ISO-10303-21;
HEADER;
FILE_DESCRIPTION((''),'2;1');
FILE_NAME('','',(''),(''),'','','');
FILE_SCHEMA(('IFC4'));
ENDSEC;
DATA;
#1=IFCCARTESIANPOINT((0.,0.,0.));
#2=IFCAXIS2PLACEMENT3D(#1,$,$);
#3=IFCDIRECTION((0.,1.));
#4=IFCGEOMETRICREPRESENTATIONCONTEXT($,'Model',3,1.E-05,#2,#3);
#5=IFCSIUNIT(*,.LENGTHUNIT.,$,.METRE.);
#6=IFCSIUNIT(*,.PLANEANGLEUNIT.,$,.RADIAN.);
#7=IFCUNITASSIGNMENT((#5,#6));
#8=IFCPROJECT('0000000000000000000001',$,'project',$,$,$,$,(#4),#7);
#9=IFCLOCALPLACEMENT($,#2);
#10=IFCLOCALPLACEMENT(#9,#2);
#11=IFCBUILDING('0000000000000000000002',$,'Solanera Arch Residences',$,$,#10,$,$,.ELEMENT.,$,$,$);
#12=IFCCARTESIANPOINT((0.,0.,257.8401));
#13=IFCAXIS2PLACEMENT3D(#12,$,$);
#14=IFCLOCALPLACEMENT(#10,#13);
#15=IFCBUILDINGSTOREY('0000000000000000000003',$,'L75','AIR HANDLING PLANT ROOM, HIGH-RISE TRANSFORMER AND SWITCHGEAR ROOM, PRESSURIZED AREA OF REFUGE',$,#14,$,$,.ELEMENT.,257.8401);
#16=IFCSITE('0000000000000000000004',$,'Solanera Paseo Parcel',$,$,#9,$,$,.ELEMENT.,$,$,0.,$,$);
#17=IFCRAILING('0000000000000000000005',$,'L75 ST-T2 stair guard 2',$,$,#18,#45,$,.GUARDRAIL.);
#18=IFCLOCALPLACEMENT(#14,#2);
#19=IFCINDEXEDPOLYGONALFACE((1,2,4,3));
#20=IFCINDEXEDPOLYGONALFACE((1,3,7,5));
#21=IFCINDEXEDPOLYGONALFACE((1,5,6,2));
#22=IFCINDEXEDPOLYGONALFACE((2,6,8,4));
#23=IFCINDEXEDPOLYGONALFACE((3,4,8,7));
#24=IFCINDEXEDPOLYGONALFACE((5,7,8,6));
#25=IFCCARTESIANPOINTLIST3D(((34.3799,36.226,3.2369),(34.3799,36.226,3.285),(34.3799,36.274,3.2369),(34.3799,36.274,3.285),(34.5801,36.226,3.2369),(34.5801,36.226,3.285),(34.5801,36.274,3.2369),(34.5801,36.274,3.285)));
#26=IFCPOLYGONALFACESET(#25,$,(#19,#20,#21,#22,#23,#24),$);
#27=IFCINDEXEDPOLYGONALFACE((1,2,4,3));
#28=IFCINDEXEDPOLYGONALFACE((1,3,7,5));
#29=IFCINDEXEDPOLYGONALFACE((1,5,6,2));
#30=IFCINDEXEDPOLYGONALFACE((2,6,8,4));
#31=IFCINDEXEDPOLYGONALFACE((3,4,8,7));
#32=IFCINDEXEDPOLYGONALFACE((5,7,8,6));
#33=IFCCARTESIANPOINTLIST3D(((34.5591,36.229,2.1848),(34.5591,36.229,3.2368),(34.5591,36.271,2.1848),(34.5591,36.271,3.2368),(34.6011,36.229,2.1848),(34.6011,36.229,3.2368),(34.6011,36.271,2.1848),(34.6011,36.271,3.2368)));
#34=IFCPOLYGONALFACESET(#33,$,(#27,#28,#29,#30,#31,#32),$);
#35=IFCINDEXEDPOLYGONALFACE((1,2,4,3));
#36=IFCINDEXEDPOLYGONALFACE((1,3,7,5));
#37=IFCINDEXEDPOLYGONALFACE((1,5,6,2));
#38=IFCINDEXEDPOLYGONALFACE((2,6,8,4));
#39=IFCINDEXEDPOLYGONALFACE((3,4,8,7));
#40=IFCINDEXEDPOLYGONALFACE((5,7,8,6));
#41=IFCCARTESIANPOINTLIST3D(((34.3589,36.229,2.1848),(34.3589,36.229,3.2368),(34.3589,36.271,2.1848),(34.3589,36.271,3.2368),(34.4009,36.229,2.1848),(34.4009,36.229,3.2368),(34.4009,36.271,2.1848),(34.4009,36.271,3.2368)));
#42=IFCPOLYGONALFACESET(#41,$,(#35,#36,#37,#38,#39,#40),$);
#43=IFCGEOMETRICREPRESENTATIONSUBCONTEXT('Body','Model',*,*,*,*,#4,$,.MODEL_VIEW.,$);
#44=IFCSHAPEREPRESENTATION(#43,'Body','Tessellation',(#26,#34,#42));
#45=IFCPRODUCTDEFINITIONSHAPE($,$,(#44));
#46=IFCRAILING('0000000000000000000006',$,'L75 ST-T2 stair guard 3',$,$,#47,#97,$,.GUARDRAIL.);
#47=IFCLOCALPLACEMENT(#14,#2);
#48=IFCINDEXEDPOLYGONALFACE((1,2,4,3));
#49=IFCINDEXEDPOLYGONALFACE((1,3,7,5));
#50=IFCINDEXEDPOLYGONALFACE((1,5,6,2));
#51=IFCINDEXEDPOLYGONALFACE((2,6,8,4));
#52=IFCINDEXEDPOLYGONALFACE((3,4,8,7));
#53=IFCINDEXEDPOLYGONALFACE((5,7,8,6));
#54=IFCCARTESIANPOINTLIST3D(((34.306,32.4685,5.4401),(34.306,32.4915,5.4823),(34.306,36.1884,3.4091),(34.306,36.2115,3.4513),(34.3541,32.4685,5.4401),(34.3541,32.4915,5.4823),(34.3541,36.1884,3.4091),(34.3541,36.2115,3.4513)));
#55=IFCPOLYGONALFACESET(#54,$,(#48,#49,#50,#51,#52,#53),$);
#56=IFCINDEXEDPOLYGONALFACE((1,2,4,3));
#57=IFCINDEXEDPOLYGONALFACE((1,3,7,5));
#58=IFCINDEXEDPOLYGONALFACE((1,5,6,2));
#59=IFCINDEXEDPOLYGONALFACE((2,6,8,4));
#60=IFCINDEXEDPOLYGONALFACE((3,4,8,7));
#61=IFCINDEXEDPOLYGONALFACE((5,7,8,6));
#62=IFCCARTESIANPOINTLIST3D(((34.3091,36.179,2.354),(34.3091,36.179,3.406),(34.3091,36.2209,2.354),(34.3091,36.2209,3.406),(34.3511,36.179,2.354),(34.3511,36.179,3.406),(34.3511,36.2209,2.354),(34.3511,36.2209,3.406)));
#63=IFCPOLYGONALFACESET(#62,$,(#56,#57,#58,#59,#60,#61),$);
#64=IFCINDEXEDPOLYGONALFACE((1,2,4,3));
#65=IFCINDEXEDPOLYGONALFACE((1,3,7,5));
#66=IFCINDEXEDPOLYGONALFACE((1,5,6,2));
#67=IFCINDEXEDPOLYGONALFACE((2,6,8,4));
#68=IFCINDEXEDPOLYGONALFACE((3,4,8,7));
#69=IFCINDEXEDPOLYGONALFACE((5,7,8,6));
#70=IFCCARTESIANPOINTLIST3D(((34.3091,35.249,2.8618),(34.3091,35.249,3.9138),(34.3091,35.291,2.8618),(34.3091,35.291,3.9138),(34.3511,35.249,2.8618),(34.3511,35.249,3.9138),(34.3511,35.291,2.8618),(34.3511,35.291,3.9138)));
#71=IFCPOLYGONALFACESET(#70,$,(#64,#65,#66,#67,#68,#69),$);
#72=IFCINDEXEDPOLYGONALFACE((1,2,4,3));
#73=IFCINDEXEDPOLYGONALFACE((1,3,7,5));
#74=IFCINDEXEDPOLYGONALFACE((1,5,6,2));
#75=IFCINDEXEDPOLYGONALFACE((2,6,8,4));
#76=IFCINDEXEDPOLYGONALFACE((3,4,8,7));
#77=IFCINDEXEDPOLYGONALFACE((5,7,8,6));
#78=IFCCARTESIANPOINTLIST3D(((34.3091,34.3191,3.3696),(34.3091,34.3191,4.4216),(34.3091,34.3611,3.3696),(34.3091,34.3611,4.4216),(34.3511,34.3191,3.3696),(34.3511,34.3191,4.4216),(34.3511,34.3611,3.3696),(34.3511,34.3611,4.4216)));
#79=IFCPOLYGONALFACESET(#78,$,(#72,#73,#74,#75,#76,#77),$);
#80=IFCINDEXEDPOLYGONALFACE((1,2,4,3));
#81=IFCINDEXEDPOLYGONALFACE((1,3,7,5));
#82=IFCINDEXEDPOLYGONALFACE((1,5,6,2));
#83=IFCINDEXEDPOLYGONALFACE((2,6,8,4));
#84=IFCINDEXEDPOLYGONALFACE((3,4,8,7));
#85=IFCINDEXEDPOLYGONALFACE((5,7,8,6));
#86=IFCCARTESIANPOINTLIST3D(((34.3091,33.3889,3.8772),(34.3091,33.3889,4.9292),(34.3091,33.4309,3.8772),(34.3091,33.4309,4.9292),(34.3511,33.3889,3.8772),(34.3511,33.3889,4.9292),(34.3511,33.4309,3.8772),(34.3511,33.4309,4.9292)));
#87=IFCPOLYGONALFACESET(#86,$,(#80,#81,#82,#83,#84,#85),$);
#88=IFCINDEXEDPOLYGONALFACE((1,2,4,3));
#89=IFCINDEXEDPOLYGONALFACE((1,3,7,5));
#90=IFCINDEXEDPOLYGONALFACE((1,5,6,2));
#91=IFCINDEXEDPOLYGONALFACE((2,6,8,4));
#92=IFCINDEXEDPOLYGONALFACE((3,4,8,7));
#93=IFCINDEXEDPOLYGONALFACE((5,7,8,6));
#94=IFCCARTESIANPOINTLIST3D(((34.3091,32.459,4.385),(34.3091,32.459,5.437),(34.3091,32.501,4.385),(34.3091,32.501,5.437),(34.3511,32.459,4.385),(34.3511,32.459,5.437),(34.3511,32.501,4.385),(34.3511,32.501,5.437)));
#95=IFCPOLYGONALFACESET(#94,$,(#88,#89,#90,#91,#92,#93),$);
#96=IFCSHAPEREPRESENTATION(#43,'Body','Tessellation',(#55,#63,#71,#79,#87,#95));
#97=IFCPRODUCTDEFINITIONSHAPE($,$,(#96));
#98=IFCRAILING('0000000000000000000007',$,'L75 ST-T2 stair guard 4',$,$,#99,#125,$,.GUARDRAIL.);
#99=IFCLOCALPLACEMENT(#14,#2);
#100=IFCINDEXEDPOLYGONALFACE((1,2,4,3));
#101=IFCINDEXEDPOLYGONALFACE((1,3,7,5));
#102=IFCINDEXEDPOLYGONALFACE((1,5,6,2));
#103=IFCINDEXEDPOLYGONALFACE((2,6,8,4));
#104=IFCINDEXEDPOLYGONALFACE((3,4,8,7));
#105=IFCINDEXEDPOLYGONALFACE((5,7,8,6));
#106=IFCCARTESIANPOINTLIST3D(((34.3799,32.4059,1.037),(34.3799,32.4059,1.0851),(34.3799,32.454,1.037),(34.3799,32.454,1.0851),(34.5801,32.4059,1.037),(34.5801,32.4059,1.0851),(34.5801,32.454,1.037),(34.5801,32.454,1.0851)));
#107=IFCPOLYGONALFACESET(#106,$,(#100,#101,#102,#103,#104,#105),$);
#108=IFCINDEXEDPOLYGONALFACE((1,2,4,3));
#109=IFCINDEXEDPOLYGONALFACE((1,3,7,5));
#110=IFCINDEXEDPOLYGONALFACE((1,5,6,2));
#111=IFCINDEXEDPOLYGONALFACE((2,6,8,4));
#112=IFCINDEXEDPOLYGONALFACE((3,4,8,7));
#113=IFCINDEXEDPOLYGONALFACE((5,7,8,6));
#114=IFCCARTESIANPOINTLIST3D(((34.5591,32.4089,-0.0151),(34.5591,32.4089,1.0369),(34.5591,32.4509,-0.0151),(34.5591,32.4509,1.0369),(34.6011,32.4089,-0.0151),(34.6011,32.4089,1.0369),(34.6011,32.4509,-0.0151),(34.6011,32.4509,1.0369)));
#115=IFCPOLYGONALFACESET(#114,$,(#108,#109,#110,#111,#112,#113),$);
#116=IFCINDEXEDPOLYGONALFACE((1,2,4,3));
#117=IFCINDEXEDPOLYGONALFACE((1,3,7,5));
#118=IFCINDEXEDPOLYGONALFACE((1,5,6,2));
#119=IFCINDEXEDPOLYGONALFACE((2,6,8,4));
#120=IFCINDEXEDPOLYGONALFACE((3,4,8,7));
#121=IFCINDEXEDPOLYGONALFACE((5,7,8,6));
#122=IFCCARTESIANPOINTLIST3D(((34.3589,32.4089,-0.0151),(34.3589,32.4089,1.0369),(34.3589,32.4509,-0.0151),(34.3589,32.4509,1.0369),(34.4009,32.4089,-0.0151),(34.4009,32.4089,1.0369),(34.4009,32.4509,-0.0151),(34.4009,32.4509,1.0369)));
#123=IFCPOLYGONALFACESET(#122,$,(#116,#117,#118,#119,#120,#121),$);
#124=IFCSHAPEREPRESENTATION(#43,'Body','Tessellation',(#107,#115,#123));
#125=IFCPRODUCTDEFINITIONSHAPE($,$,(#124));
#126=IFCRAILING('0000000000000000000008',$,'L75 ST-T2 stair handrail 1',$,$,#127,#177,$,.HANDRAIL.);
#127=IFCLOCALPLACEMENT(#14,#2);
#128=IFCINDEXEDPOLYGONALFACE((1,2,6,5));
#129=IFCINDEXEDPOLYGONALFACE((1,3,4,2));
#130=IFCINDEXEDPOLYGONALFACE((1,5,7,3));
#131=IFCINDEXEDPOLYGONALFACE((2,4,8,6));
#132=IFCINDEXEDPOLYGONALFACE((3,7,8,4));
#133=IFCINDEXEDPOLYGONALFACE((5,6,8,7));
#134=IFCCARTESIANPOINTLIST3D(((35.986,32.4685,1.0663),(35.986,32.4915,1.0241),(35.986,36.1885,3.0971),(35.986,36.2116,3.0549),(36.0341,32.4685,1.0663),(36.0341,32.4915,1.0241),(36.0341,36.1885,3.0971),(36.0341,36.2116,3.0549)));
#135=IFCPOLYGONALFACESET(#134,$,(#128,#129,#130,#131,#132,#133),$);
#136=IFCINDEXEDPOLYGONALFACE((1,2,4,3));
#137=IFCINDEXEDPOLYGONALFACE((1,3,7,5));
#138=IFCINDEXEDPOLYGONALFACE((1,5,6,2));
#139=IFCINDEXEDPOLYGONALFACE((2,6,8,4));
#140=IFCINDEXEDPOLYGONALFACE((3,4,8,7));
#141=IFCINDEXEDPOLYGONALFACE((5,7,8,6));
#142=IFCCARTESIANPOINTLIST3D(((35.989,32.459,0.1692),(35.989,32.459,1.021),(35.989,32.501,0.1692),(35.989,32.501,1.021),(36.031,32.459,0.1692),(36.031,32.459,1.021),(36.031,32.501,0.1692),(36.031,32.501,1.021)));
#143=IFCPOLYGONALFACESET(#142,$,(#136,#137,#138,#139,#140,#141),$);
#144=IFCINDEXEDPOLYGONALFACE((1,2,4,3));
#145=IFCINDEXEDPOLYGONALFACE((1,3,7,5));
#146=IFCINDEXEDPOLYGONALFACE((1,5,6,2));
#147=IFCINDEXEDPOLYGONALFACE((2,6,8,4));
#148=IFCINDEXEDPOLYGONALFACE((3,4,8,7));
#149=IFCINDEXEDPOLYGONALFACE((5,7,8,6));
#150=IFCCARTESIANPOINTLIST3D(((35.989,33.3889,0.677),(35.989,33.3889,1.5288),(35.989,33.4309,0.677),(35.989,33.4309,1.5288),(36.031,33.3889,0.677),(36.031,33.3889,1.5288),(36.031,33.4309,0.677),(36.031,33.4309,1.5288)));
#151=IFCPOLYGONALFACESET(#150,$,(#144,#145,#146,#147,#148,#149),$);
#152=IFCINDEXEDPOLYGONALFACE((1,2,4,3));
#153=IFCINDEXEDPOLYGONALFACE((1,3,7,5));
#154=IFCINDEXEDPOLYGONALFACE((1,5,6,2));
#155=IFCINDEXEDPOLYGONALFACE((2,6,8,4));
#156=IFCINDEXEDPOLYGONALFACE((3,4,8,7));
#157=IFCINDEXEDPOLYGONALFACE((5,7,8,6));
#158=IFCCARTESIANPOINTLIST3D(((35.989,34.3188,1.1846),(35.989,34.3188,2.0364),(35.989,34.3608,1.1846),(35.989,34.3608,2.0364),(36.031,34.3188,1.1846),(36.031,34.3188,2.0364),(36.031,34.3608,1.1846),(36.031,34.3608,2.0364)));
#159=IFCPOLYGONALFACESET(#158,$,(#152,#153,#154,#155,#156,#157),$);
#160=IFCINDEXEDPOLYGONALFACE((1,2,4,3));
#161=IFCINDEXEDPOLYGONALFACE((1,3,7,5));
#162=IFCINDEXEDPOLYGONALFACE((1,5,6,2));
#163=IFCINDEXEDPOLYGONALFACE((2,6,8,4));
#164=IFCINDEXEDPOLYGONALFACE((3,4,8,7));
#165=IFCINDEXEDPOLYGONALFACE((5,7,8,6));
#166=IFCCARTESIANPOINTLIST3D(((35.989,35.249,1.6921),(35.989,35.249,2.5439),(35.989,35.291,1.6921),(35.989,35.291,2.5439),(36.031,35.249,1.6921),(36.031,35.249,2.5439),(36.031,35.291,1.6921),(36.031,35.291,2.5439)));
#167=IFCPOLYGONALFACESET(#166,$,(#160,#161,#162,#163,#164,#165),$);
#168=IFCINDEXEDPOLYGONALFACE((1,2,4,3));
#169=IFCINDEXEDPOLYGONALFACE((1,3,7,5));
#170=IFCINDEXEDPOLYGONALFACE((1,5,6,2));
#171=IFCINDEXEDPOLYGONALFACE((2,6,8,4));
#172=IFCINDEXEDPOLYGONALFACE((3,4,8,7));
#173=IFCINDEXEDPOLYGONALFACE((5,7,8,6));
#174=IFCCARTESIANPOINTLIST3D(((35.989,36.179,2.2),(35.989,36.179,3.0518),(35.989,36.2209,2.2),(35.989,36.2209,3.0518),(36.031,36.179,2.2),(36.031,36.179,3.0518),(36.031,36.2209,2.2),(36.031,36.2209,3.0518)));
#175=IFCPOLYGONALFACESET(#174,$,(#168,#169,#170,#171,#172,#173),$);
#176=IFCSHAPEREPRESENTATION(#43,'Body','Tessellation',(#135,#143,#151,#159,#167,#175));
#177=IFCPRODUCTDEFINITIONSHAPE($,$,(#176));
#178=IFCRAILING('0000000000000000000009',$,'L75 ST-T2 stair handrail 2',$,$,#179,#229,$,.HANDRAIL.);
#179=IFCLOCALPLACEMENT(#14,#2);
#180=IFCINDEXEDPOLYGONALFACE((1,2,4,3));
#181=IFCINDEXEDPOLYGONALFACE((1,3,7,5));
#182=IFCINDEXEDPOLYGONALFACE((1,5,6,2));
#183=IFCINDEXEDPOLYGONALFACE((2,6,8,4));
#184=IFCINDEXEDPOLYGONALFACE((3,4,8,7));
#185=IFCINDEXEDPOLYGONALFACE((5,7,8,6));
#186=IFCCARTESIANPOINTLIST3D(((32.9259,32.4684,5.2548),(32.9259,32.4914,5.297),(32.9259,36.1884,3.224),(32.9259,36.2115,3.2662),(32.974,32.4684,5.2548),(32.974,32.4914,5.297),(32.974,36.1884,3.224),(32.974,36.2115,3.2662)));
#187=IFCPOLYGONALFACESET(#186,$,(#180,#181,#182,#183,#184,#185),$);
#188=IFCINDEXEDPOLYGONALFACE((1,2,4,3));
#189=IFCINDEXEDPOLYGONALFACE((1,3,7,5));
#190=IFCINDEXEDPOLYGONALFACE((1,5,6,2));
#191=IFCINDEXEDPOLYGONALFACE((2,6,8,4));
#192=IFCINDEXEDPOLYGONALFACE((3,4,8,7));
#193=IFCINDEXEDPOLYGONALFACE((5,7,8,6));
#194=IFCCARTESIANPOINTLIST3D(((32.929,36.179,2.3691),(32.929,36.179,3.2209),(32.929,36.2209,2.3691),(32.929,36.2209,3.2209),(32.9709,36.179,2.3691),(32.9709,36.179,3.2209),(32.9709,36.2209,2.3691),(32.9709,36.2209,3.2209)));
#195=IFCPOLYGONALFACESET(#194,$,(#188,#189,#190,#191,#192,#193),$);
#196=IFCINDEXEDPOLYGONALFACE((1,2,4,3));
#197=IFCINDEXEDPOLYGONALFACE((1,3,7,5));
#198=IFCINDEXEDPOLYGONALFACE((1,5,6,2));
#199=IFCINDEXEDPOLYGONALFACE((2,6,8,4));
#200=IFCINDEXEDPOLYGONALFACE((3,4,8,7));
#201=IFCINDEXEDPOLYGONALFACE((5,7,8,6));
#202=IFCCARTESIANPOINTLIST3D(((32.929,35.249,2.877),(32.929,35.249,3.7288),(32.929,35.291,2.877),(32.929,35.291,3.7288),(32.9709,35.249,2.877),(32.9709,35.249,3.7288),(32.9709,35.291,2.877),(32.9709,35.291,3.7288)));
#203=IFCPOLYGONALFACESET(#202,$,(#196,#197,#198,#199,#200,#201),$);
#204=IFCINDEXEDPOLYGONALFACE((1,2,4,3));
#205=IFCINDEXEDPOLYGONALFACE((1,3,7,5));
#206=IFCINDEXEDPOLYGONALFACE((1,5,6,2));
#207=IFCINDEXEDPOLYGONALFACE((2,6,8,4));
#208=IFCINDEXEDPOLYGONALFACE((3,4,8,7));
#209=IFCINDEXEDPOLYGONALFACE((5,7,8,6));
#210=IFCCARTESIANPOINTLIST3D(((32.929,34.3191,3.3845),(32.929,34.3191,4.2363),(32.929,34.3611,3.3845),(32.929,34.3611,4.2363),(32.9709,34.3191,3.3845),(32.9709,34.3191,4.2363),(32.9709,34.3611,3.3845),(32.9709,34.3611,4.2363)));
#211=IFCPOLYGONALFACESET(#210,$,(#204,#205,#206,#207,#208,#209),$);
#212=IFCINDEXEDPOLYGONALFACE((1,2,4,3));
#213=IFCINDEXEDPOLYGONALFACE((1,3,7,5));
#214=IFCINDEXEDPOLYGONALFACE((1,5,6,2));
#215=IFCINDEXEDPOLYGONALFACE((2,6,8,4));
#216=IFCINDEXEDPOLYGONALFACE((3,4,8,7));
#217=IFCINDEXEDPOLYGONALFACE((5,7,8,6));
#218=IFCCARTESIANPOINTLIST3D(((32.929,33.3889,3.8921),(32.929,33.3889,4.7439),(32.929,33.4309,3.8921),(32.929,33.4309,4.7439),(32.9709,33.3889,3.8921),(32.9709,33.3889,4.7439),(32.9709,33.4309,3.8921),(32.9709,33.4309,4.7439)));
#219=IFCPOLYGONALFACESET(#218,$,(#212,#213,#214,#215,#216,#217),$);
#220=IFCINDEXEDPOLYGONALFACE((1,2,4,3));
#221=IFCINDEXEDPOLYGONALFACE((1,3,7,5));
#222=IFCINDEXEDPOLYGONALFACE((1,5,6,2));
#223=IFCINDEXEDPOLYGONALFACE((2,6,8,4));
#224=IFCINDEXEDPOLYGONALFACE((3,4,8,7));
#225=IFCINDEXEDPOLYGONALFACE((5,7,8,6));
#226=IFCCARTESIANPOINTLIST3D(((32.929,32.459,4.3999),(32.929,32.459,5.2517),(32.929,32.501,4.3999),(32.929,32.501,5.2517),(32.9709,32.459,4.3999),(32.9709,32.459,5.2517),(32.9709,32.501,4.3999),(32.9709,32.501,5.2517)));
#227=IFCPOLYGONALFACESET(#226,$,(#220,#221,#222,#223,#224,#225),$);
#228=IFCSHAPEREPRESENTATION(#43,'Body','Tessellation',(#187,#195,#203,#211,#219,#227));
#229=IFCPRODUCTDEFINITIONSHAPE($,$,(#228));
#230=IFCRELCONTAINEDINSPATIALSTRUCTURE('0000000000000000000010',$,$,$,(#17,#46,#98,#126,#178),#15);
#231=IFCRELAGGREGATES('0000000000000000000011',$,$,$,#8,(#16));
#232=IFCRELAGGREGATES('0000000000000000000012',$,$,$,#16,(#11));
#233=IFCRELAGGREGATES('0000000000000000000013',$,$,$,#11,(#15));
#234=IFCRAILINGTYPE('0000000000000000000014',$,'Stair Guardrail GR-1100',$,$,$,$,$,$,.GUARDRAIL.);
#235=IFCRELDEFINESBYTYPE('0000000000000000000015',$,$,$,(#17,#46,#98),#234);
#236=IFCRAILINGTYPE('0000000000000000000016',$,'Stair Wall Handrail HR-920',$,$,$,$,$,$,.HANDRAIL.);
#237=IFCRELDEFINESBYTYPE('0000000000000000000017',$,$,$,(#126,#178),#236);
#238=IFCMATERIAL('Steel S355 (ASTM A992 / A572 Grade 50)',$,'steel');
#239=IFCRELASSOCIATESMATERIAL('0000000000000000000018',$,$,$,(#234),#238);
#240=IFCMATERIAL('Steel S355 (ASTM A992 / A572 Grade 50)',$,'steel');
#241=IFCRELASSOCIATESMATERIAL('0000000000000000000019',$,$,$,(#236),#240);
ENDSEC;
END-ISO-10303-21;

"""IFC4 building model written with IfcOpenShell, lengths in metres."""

from ifc_helpers import new_model, si_unit, direction, frame, origin, origin_2d, place, context, subcontext, project, spatial, rectangle, extrude, material, type_object, element, save


model = new_model("IFC4")

# Units and contexts
model_context = context("Model", 3, precision=1e-05, world=origin(), true_north=direction((0.0, 1.0)))
body_context = subcontext(model_context, "Body", "Model", "MODEL_VIEW")
ifc_project = project(units=[si_unit("LENGTHUNIT", "METRE"), si_unit("PLANEANGLEUNIT", "RADIAN")], contexts=[model_context])

# Site, building, storey
site_placement = place(None, origin())
site = spatial("IfcSite", under=ifc_project, at=site_placement, Name="Solanera Paseo Parcel", CompositionType="ELEMENT", RefElevation=0.0)
building_placement = place(site_placement, origin())
building = spatial("IfcBuilding", under=site, at=building_placement, Name="Solanera Arch Residences", CompositionType="ELEMENT")
storey_placement = place(building_placement, frame((0.0, 0.0, 257.8401)))
storey = spatial("IfcBuildingStorey", under=building, at=storey_placement, Name="L75", Description="AIR HANDLING PLANT ROOM, HIGH-RISE TRANSFORMER AND SWITCHGEAR ROOM, PRESSURIZED AREA OF REFUGE", CompositionType="ELEMENT", Elevation=257.8401)

# Railings
ifc_material_1 = material(Name="Steel S355 (ASTM A992 / A572 Grade 50)", Category="steel")
railing_type_1 = type_object("IfcRailingType", Name="Stair Guardrail GR-1100", PredefinedType="GUARDRAIL", material=ifc_material_1)
railing_1_placement = place(storey_placement, frame((34.5801, 36.25, 2.1848)))
element("IfcRailing", 1, at=railing_1_placement, inside=storey, type_object=railing_type_1, Name="L75 ST-T2 stair guard 2", PredefinedType="GUARDRAIL", context=body_context, shape_type="SweptSolid", body=[
    extrude(rectangle(XDim=0.0481, YDim=0.0481, at=origin_2d()), frame((0.0, 0.0, 1.0762), z_axis=(-1.0, 0.0, 0.0), x_axis=(0.0, -1.0, 0.0)), (0.0, 0.0, 1.0), 0.2002),
    extrude(rectangle(XDim=0.042, YDim=0.042, at=origin_2d()), origin(), (0.0, 0.0, 1.0), 1.052),
    extrude(rectangle(XDim=0.042, YDim=0.042, at=origin_2d()), frame((-0.2002, 0.0, 0.0)), (0.0, 0.0, 1.0), 1.052),
])
railing_2_placement = place(storey_placement, frame((34.3301, 36.2, 2.354)))
element("IfcRailing", 2, at=railing_2_placement, inside=storey, type_object=railing_type_1, Name="L75 ST-T2 stair guard 3", PredefinedType="GUARDRAIL", context=body_context, shape_type="SweptSolid", body=[
    extrude(rectangle(XDim=0.0481, YDim=0.0481, at=origin_2d()), frame((0.0, 0.0, 1.0762), z_axis=(0.0, -0.877704, 0.479203), x_axis=(1.0, 0.0, 0.0)), (0.0, 0.0, 1.0), 4.2383),
    extrude(rectangle(XDim=0.042, YDim=0.042, at=origin_2d()), origin(), (0.0, 0.0, 1.0), 1.052),
    extrude(rectangle(XDim=0.042, YDim=0.042, at=origin_2d()), frame((0.0, -0.9299, 0.5078)), (0.0, 0.0, 1.0), 1.052),
    extrude(rectangle(XDim=0.042, YDim=0.042, at=origin_2d()), frame((0.0, -1.8599, 1.0156)), (0.0, 0.0, 1.0), 1.052),
    extrude(rectangle(XDim=0.042, YDim=0.042, at=origin_2d()), frame((0.0, -2.79, 1.5232)), (0.0, 0.0, 1.0), 1.052),
    extrude(rectangle(XDim=0.042, YDim=0.042, at=origin_2d()), frame((0.0, -3.72, 2.031)), (0.0, 0.0, 1.0), 1.052),
])
railing_3_placement = place(storey_placement, frame((34.5801, 32.4299, -0.0151)))
element("IfcRailing", 3, at=railing_3_placement, inside=storey, type_object=railing_type_1, Name="L75 ST-T2 stair guard 4", PredefinedType="GUARDRAIL", context=body_context, shape_type="SweptSolid", body=[
    extrude(rectangle(XDim=0.0481, YDim=0.0481, at=origin_2d()), frame((0.0, 0.0, 1.0762), z_axis=(-1.0, 0.0, 0.0), x_axis=(0.0, -1.0, 0.0)), (0.0, 0.0, 1.0), 0.2002),
    extrude(rectangle(XDim=0.042, YDim=0.042, at=origin_2d()), origin(), (0.0, 0.0, 1.0), 1.052),
    extrude(rectangle(XDim=0.042, YDim=0.042, at=origin_2d()), frame((-0.2002, 0.0, 0.0)), (0.0, 0.0, 1.0), 1.052),
])
ifc_material_2 = material(Name="Steel S355 (ASTM A992 / A572 Grade 50)", Category="steel")
railing_type_2 = type_object("IfcRailingType", Name="Stair Wall Handrail HR-920", PredefinedType="HANDRAIL", material=ifc_material_2)
railing_4_placement = place(storey_placement, frame((36.01, 32.48, 0.1692)))
element("IfcRailing", 4, at=railing_4_placement, inside=storey, type_object=railing_type_2, Name="L75 ST-T2 stair handrail 1", PredefinedType="HANDRAIL", context=body_context, shape_type="SweptSolid", body=[
    extrude(rectangle(XDim=0.0481, YDim=0.0481, at=origin_2d()), frame((0.0, 0.0, 0.876), z_axis=(0.0, 0.877728, 0.479159), x_axis=(-1.0, 0.0, 0.0)), (0.0, 0.0, 1.0), 4.2383),
    extrude(rectangle(XDim=0.042, YDim=0.042, at=origin_2d()), origin(), (0.0, 0.0, 1.0), 0.8518),
    extrude(rectangle(XDim=0.042, YDim=0.042, at=origin_2d()), frame((0.0, 0.9299, 0.5078)), (0.0, 0.0, 1.0), 0.8518),
    extrude(rectangle(XDim=0.042, YDim=0.042, at=origin_2d()), frame((0.0, 1.8599, 1.0154)), (0.0, 0.0, 1.0), 0.8518),
    extrude(rectangle(XDim=0.042, YDim=0.042, at=origin_2d()), frame((0.0, 2.79, 1.5229)), (0.0, 0.0, 1.0), 0.8518),
    extrude(rectangle(XDim=0.042, YDim=0.042, at=origin_2d()), frame((0.0, 3.72, 2.0308)), (0.0, 0.0, 1.0), 0.8518),
])
railing_5_placement = place(storey_placement, frame((32.95, 36.2, 2.3691)))
element("IfcRailing", 5, at=railing_5_placement, inside=storey, type_object=railing_type_2, Name="L75 ST-T2 stair handrail 2", PredefinedType="HANDRAIL", context=body_context, shape_type="SweptSolid", body=[
    extrude(rectangle(XDim=0.0481, YDim=0.0481, at=origin_2d()), frame((0.0, 0.0, 0.876), z_axis=(0.0, -0.877728, 0.479159), x_axis=(1.0, 0.0, 0.0)), (0.0, 0.0, 1.0), 4.2383),
    extrude(rectangle(XDim=0.042, YDim=0.042, at=origin_2d()), origin(), (0.0, 0.0, 1.0), 0.8518),
    extrude(rectangle(XDim=0.042, YDim=0.042, at=origin_2d()), frame((0.0, -0.9299, 0.5078)), (0.0, 0.0, 1.0), 0.8518),
    extrude(rectangle(XDim=0.042, YDim=0.042, at=origin_2d()), frame((0.0, -1.8599, 1.0154)), (0.0, 0.0, 1.0), 0.8518),
    extrude(rectangle(XDim=0.042, YDim=0.042, at=origin_2d()), frame((0.0, -2.79, 1.5229)), (0.0, 0.0, 1.0), 0.8518),
    extrude(rectangle(XDim=0.042, YDim=0.042, at=origin_2d()), frame((0.0, -3.72, 2.0308)), (0.0, 0.0, 1.0), 0.8518),
])

save(model, "model.ifc")
